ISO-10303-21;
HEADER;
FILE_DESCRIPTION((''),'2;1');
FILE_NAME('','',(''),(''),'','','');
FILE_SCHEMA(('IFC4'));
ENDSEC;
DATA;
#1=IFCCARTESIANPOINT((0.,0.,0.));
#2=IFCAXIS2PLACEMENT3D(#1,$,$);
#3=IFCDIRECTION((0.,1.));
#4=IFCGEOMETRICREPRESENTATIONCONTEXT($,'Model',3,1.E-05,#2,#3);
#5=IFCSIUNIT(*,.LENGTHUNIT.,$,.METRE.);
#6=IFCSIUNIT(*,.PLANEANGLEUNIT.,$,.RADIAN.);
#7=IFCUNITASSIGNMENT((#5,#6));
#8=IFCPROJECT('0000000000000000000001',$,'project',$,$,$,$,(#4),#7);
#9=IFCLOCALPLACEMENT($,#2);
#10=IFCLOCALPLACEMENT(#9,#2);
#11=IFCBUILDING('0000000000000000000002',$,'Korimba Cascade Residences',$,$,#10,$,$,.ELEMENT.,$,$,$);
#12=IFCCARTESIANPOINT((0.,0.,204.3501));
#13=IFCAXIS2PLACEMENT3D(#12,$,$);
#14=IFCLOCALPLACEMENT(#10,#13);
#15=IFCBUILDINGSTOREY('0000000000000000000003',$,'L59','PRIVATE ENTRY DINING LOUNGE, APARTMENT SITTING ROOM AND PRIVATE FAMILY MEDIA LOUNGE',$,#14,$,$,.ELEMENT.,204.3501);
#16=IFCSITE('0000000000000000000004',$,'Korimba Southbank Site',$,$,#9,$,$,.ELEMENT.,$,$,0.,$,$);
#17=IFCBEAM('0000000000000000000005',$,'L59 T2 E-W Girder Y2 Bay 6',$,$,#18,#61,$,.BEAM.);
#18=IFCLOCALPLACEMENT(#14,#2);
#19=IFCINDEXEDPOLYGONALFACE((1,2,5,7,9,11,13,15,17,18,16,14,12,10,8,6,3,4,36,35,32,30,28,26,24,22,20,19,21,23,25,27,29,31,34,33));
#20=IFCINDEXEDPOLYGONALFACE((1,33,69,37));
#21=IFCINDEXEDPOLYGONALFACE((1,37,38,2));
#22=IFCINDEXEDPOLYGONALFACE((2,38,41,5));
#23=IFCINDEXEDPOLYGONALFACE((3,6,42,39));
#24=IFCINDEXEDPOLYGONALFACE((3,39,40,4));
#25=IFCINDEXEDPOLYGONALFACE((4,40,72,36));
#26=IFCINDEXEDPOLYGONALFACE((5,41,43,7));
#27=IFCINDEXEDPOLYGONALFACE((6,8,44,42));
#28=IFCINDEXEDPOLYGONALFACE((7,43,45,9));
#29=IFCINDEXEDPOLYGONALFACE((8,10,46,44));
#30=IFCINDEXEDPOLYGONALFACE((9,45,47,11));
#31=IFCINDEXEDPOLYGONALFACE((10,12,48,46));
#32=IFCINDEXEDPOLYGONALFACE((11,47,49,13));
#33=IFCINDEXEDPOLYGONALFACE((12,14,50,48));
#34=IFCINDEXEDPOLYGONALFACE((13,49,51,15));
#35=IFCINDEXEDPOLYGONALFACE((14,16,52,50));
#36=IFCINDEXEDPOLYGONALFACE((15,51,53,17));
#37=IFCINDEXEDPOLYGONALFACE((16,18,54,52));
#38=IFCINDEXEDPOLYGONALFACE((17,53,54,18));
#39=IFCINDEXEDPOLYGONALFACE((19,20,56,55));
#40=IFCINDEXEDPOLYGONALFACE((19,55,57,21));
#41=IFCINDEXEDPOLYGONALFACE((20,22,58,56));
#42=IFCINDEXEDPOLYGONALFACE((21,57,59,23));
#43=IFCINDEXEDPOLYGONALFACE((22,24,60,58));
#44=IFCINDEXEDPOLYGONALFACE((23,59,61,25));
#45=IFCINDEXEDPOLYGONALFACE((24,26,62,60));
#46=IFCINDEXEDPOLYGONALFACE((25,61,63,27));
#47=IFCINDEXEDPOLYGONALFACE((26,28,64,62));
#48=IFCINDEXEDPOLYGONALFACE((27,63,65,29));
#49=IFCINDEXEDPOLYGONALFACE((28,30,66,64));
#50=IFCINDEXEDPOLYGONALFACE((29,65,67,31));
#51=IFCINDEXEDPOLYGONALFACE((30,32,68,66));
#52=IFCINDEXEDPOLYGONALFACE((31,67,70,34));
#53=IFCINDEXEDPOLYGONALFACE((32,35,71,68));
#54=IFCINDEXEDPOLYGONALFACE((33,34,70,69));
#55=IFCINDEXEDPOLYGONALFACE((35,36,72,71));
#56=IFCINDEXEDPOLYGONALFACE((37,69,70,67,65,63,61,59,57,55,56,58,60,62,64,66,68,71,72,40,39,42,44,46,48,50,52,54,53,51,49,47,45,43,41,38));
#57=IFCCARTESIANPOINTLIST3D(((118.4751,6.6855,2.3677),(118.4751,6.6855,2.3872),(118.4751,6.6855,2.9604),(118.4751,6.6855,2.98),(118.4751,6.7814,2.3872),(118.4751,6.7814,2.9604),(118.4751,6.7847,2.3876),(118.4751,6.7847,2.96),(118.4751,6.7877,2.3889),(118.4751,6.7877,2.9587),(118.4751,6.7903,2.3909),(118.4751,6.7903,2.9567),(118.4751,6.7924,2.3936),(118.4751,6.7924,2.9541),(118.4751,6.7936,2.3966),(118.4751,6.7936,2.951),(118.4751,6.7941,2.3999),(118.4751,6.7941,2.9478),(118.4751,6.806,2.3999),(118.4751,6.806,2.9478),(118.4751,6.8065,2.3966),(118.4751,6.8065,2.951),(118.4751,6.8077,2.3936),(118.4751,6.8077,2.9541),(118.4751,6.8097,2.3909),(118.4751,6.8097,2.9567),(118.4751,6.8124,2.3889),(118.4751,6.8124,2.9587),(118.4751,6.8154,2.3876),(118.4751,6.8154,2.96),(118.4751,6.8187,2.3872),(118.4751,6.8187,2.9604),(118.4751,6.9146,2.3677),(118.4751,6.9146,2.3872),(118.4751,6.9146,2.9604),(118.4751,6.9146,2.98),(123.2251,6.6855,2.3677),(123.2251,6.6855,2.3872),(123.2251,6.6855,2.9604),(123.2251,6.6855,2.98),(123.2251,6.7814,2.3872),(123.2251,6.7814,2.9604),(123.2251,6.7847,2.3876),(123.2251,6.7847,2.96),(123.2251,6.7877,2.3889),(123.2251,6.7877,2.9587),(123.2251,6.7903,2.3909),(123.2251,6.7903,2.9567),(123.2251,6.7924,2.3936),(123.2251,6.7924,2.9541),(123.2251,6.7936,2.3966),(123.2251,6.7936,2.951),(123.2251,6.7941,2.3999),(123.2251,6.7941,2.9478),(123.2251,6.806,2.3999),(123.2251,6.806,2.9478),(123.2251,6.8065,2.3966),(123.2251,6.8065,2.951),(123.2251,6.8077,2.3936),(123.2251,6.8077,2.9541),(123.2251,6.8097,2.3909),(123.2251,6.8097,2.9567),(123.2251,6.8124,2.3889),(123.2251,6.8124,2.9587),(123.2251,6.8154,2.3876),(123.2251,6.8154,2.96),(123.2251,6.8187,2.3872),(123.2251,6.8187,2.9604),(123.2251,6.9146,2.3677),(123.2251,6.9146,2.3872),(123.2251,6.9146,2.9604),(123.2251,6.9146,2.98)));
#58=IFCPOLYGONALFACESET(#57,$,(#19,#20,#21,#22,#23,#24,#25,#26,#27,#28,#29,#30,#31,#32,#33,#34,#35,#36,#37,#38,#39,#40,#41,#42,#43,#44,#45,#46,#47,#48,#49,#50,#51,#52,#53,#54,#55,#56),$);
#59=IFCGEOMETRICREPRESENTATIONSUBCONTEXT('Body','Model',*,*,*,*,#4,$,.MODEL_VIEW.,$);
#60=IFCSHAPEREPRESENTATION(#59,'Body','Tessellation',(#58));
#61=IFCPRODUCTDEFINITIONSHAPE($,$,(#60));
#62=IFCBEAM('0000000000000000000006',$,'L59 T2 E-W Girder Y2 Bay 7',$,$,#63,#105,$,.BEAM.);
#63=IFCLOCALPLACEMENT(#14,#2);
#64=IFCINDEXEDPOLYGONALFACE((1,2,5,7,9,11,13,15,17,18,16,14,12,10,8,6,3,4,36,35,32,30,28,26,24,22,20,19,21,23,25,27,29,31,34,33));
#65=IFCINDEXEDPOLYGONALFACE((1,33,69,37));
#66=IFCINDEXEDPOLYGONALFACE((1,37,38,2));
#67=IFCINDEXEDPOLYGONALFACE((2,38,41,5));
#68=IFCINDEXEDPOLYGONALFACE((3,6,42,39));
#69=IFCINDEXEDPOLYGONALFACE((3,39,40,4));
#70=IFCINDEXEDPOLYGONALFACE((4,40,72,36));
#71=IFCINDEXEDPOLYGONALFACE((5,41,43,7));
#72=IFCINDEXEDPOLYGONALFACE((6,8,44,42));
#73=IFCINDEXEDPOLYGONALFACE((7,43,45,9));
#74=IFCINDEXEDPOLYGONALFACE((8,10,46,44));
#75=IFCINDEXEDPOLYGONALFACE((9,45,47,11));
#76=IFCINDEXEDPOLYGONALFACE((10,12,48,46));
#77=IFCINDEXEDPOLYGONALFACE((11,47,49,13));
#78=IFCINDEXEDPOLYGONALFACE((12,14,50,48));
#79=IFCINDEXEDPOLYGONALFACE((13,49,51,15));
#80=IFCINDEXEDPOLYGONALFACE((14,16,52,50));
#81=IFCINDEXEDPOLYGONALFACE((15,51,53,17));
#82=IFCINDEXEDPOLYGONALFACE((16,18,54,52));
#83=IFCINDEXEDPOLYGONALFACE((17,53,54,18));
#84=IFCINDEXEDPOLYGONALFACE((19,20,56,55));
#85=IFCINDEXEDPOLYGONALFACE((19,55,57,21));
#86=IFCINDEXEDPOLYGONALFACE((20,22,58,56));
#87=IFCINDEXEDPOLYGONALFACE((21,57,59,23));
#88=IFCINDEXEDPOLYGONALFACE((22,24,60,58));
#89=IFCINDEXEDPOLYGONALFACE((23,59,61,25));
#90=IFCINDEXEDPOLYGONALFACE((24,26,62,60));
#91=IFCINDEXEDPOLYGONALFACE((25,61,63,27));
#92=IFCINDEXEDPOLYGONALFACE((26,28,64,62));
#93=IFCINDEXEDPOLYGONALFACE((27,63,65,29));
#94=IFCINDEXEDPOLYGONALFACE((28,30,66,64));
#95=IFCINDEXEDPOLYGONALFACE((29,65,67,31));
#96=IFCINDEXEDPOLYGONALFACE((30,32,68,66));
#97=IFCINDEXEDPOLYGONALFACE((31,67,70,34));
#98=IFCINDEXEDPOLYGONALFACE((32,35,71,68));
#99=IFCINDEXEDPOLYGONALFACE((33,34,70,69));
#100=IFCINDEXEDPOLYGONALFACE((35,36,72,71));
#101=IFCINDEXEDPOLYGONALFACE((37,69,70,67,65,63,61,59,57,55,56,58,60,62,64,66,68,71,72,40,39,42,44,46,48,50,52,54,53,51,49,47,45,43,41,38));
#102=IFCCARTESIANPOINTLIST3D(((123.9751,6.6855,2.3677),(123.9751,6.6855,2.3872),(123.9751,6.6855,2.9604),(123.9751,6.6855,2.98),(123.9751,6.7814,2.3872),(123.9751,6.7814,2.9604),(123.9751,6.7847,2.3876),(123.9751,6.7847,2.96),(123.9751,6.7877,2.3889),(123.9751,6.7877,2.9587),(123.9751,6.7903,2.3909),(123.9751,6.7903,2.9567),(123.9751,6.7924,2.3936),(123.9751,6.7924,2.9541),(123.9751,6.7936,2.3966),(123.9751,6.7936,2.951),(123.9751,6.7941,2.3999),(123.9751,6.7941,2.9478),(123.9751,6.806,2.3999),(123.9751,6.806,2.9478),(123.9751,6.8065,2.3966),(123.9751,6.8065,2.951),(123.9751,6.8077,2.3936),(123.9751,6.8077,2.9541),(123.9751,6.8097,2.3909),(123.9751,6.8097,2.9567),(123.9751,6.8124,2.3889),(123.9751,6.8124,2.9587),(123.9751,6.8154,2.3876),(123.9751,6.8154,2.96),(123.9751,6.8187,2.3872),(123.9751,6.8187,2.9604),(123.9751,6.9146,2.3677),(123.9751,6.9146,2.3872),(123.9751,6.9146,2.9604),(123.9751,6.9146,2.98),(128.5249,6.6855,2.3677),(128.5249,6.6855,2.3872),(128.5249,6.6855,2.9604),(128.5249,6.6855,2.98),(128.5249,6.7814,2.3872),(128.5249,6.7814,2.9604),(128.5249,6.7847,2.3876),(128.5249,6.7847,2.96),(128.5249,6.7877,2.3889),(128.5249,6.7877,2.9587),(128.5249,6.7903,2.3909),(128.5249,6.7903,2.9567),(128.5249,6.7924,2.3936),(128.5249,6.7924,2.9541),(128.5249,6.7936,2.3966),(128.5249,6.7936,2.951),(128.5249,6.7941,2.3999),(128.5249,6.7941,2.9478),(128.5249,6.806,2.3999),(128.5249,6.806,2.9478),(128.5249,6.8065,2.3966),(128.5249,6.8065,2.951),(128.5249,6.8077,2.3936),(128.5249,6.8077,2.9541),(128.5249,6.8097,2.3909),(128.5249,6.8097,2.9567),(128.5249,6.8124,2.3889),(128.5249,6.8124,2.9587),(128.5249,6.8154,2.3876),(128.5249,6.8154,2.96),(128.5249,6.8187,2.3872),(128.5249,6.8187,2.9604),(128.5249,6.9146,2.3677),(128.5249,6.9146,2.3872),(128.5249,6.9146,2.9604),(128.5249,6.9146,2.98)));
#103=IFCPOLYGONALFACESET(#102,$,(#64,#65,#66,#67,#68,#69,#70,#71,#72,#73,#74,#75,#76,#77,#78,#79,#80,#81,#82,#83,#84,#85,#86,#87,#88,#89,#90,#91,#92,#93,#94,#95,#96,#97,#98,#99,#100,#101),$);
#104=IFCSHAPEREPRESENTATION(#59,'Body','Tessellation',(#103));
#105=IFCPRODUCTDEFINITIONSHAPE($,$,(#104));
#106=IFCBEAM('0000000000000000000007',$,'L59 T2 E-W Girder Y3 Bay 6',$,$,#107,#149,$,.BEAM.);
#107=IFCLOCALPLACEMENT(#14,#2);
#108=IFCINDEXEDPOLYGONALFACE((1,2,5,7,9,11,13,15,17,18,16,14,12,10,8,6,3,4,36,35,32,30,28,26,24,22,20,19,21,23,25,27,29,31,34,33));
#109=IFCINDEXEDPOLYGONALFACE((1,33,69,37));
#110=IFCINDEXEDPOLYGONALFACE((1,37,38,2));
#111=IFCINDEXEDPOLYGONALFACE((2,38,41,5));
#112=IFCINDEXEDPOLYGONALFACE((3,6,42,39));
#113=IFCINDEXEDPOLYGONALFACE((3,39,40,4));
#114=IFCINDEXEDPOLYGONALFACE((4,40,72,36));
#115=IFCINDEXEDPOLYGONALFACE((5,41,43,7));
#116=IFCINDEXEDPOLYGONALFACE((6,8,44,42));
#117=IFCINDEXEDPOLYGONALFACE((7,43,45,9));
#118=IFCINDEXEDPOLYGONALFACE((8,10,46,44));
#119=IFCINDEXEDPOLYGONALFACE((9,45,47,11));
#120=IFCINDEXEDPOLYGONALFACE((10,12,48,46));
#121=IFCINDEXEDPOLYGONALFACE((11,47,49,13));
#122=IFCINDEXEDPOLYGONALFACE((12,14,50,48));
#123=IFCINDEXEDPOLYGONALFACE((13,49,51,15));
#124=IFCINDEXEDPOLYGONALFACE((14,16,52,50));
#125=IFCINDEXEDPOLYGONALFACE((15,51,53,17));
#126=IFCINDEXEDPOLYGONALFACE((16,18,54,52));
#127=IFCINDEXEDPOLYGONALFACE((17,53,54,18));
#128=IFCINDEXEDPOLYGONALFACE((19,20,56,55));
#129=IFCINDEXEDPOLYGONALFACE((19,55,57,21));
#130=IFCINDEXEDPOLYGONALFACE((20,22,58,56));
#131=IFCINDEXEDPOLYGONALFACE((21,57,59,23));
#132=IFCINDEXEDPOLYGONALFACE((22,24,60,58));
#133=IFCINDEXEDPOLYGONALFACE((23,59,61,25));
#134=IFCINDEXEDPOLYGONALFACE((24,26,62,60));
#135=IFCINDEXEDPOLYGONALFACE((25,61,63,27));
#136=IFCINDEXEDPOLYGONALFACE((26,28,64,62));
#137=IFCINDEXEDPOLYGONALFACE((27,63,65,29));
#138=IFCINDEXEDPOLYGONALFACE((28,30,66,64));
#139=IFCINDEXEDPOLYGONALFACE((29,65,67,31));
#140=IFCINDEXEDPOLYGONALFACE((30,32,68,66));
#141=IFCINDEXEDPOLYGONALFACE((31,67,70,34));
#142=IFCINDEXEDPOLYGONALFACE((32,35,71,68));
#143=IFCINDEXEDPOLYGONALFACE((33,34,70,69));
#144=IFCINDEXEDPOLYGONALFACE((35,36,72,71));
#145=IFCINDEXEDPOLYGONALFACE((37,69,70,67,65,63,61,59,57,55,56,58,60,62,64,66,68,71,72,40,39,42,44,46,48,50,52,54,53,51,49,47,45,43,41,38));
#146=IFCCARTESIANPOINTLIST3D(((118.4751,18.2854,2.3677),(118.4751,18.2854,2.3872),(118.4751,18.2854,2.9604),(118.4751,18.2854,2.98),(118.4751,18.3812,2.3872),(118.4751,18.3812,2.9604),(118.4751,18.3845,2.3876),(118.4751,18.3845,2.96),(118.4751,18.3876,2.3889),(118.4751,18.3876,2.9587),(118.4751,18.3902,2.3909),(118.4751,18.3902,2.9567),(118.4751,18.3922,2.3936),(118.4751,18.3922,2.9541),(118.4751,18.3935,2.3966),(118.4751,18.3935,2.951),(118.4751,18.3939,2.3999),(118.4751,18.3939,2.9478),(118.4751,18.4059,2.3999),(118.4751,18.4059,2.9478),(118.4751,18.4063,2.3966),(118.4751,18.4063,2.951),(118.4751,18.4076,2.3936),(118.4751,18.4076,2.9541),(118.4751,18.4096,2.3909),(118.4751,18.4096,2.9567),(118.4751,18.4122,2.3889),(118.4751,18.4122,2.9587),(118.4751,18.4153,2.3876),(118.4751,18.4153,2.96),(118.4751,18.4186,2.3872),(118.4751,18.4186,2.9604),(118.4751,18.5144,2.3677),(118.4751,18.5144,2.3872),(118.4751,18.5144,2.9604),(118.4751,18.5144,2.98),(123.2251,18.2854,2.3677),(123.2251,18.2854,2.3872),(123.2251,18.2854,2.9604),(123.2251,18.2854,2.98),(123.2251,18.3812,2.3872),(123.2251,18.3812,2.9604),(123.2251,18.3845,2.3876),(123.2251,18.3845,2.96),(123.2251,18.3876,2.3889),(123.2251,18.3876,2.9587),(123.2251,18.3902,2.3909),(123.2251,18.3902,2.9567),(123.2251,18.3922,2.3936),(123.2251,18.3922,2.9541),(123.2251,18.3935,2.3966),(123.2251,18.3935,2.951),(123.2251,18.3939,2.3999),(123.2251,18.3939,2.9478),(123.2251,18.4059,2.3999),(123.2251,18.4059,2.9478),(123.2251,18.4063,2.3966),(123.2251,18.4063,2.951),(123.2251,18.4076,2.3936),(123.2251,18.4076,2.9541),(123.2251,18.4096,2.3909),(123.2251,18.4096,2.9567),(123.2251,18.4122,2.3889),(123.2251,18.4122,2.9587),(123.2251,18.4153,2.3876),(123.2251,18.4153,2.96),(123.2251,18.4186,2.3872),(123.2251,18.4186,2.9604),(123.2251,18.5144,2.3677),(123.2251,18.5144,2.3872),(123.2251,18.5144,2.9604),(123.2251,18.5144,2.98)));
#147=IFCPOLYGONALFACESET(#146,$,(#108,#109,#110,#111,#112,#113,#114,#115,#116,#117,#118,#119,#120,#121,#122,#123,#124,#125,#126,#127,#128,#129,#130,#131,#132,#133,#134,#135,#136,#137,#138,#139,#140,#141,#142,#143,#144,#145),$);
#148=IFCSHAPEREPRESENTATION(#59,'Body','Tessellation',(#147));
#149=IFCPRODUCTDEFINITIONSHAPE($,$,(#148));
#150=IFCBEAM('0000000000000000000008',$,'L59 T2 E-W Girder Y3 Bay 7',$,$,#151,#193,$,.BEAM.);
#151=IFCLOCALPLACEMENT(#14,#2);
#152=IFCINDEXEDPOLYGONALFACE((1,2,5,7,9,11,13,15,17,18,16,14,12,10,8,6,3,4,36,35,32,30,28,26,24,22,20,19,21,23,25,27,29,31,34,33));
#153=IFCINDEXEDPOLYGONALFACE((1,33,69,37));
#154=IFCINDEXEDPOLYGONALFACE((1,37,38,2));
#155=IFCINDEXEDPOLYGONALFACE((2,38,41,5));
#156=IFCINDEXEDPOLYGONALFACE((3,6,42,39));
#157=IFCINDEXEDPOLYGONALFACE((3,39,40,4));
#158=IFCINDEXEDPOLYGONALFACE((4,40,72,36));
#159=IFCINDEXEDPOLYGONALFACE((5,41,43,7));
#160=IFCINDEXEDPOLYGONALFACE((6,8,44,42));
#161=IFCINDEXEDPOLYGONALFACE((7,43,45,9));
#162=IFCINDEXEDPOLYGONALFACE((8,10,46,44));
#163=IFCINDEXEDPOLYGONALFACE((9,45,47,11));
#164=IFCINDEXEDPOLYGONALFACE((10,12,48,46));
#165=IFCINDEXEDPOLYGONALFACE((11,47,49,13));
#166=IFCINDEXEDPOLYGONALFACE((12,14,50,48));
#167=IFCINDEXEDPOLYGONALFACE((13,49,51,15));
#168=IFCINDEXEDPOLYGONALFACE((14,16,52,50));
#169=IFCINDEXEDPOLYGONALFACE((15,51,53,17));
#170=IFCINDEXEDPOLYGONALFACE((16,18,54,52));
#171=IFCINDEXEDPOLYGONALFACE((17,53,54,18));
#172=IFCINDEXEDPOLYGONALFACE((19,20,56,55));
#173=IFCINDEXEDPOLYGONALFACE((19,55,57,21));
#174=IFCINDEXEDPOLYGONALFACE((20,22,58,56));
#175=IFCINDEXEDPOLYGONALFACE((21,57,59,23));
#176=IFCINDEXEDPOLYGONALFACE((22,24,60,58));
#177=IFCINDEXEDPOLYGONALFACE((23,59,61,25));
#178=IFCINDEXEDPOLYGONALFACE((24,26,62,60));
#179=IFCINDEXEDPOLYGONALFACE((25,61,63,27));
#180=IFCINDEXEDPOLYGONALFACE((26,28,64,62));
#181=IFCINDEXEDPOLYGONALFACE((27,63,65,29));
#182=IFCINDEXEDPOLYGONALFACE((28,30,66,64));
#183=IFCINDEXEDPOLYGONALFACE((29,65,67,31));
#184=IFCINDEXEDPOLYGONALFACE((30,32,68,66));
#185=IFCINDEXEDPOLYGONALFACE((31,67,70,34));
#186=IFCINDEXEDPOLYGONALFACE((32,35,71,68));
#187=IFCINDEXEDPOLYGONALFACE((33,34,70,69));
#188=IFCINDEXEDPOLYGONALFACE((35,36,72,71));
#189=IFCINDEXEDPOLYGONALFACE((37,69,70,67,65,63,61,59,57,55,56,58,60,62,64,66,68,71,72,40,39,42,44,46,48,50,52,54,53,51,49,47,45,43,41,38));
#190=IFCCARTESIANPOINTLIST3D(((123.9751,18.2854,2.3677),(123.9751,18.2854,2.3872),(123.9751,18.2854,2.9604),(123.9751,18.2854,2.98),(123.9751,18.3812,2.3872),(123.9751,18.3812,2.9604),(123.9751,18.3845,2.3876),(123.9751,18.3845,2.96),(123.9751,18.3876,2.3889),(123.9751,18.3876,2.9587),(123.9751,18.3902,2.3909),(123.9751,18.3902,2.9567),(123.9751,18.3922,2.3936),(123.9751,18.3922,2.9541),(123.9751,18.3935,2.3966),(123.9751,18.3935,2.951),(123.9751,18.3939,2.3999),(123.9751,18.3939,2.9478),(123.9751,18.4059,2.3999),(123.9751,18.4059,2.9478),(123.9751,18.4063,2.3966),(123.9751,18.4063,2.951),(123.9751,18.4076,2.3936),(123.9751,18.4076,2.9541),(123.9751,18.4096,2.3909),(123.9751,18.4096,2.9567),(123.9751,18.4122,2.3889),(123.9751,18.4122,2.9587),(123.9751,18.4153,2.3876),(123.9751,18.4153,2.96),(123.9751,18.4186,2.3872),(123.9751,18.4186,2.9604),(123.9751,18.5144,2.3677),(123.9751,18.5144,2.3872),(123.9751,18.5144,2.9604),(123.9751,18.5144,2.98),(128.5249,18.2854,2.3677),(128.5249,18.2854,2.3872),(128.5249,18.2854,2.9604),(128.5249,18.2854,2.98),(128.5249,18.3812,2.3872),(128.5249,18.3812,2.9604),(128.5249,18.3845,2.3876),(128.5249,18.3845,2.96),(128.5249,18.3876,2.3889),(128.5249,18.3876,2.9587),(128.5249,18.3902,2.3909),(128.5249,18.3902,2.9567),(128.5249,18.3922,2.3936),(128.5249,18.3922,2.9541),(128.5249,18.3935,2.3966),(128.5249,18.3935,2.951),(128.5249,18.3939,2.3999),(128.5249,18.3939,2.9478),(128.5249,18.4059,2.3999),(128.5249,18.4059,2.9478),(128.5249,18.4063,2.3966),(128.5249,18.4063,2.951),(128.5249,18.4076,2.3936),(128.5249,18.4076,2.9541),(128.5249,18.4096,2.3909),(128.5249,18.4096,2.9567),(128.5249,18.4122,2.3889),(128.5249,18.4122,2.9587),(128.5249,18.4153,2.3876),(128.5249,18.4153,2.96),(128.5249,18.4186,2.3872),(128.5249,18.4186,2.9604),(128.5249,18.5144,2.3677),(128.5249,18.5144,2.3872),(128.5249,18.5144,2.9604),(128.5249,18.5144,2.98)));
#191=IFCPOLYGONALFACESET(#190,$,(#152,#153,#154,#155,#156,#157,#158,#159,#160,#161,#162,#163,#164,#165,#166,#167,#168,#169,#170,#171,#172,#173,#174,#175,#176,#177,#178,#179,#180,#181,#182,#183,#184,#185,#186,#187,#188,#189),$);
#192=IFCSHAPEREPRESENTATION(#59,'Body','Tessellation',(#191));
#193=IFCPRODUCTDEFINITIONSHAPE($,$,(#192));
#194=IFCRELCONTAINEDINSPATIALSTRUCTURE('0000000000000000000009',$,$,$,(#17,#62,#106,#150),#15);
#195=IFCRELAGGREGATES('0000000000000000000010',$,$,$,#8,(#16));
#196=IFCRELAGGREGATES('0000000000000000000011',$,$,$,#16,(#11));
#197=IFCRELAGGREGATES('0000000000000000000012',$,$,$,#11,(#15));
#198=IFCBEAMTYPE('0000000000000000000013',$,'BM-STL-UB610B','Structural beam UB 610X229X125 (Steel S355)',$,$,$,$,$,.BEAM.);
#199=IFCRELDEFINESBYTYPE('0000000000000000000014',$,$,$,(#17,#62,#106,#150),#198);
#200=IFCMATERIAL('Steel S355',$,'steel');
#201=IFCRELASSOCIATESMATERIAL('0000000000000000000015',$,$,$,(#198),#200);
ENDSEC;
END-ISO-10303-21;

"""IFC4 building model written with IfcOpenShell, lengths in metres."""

from ifc_helpers import new_model, si_unit, direction, frame, origin, origin_2d, place, context, subcontext, project, spatial, i_section, extrude, material, material_profile, profile_set, type_object, element, save


model = new_model("IFC4")

# Units and contexts
model_context = context("Model", 3, precision=1e-05, world=origin(), true_north=direction((0.0, 1.0)))
body_context = subcontext(model_context, "Body", "Model", "MODEL_VIEW")
ifc_project = project(units=[si_unit("LENGTHUNIT", "METRE"), si_unit("PLANEANGLEUNIT", "RADIAN")], contexts=[model_context])

# Site, building, storey
site_placement = place(None, origin())
site = spatial("IfcSite", under=ifc_project, at=site_placement, Name="Korimba Southbank Site", CompositionType="ELEMENT", RefElevation=0.0)
building_placement = place(site_placement, origin())
building = spatial("IfcBuilding", under=site, at=building_placement, Name="Korimba Cascade Residences", CompositionType="ELEMENT")
storey_placement = place(building_placement, frame((0.0, 0.0, 204.3501)))
storey = spatial("IfcBuildingStorey", under=building, at=storey_placement, Name="L59", Description="PRIVATE ENTRY DINING LOUNGE, APARTMENT SITTING ROOM AND PRIVATE FAMILY MEDIA LOUNGE", CompositionType="ELEMENT", Elevation=204.3501)

# Beams
ifc_material_1 = material(Name="Steel S355", Category="steel")
ifc_material_profile_1 = material_profile(ifc_material_1, i_section(OverallWidth=0.229, OverallDepth=0.6123, WebThickness=0.012, FlangeThickness=0.0195, FilletRadius=0.0127, at=origin_2d()), Name="Steel S355")
ifc_profile_set_1 = profile_set([ifc_material_profile_1], Name="Steel S355")
beam_type_1 = type_object("IfcBeamType", Name="BM-STL-UB610B", Description="Structural beam UB 610X229X125 (Steel S355)", PredefinedType="BEAM", material=ifc_profile_set_1)
beam_1_placement = place(storey_placement, frame((118.4751, 6.8, 2.6738), z_axis=(1.0, 0.0, 0.0), x_axis=(0.0, 1.0, 0.0)))
element("IfcBeam", 1, at=beam_1_placement, inside=storey, type_object=beam_type_1, Name="L59 T2 E-W Girder Y2 Bay 6", PredefinedType="BEAM", context=body_context, shape_type="SweptSolid", body=[
    extrude(i_section(OverallWidth=0.229, OverallDepth=0.6123, WebThickness=0.012, FlangeThickness=0.0195, FilletRadius=0.0127, at=origin_2d()), origin(), (0.0, 0.0, 1.0), 4.75),
])
beam_2_placement = place(storey_placement, frame((123.9751, 6.8, 2.6738), z_axis=(1.0, 0.0, 0.0), x_axis=(0.0, 1.0, 0.0)))
element("IfcBeam", 2, at=beam_2_placement, inside=storey, type_object=beam_type_1, Name="L59 T2 E-W Girder Y2 Bay 7", PredefinedType="BEAM", context=body_context, shape_type="SweptSolid", body=[
    extrude(i_section(OverallWidth=0.229, OverallDepth=0.6123, WebThickness=0.012, FlangeThickness=0.0195, FilletRadius=0.0127, at=origin_2d()), origin(), (0.0, 0.0, 1.0), 4.5498),
])
beam_3_placement = place(storey_placement, frame((118.4751, 18.3999, 2.6738), z_axis=(1.0, 0.0, 0.0), x_axis=(0.0, 1.0, 0.0)))
element("IfcBeam", 3, at=beam_3_placement, inside=storey, type_object=beam_type_1, Name="L59 T2 E-W Girder Y3 Bay 6", PredefinedType="BEAM", context=body_context, shape_type="SweptSolid", body=[
    extrude(i_section(OverallWidth=0.229, OverallDepth=0.6123, WebThickness=0.012, FlangeThickness=0.0195, FilletRadius=0.0127, at=origin_2d()), origin(), (0.0, 0.0, 1.0), 4.75),
])
beam_4_placement = place(storey_placement, frame((123.9751, 18.3999, 2.6738), z_axis=(1.0, 0.0, 0.0), x_axis=(0.0, 1.0, 0.0)))
element("IfcBeam", 4, at=beam_4_placement, inside=storey, type_object=beam_type_1, Name="L59 T2 E-W Girder Y3 Bay 7", PredefinedType="BEAM", context=body_context, shape_type="SweptSolid", body=[
    extrude(i_section(OverallWidth=0.229, OverallDepth=0.6123, WebThickness=0.012, FlangeThickness=0.0195, FilletRadius=0.0127, at=origin_2d()), origin(), (0.0, 0.0, 1.0), 4.5498),
])

save(model, "model.ifc")
